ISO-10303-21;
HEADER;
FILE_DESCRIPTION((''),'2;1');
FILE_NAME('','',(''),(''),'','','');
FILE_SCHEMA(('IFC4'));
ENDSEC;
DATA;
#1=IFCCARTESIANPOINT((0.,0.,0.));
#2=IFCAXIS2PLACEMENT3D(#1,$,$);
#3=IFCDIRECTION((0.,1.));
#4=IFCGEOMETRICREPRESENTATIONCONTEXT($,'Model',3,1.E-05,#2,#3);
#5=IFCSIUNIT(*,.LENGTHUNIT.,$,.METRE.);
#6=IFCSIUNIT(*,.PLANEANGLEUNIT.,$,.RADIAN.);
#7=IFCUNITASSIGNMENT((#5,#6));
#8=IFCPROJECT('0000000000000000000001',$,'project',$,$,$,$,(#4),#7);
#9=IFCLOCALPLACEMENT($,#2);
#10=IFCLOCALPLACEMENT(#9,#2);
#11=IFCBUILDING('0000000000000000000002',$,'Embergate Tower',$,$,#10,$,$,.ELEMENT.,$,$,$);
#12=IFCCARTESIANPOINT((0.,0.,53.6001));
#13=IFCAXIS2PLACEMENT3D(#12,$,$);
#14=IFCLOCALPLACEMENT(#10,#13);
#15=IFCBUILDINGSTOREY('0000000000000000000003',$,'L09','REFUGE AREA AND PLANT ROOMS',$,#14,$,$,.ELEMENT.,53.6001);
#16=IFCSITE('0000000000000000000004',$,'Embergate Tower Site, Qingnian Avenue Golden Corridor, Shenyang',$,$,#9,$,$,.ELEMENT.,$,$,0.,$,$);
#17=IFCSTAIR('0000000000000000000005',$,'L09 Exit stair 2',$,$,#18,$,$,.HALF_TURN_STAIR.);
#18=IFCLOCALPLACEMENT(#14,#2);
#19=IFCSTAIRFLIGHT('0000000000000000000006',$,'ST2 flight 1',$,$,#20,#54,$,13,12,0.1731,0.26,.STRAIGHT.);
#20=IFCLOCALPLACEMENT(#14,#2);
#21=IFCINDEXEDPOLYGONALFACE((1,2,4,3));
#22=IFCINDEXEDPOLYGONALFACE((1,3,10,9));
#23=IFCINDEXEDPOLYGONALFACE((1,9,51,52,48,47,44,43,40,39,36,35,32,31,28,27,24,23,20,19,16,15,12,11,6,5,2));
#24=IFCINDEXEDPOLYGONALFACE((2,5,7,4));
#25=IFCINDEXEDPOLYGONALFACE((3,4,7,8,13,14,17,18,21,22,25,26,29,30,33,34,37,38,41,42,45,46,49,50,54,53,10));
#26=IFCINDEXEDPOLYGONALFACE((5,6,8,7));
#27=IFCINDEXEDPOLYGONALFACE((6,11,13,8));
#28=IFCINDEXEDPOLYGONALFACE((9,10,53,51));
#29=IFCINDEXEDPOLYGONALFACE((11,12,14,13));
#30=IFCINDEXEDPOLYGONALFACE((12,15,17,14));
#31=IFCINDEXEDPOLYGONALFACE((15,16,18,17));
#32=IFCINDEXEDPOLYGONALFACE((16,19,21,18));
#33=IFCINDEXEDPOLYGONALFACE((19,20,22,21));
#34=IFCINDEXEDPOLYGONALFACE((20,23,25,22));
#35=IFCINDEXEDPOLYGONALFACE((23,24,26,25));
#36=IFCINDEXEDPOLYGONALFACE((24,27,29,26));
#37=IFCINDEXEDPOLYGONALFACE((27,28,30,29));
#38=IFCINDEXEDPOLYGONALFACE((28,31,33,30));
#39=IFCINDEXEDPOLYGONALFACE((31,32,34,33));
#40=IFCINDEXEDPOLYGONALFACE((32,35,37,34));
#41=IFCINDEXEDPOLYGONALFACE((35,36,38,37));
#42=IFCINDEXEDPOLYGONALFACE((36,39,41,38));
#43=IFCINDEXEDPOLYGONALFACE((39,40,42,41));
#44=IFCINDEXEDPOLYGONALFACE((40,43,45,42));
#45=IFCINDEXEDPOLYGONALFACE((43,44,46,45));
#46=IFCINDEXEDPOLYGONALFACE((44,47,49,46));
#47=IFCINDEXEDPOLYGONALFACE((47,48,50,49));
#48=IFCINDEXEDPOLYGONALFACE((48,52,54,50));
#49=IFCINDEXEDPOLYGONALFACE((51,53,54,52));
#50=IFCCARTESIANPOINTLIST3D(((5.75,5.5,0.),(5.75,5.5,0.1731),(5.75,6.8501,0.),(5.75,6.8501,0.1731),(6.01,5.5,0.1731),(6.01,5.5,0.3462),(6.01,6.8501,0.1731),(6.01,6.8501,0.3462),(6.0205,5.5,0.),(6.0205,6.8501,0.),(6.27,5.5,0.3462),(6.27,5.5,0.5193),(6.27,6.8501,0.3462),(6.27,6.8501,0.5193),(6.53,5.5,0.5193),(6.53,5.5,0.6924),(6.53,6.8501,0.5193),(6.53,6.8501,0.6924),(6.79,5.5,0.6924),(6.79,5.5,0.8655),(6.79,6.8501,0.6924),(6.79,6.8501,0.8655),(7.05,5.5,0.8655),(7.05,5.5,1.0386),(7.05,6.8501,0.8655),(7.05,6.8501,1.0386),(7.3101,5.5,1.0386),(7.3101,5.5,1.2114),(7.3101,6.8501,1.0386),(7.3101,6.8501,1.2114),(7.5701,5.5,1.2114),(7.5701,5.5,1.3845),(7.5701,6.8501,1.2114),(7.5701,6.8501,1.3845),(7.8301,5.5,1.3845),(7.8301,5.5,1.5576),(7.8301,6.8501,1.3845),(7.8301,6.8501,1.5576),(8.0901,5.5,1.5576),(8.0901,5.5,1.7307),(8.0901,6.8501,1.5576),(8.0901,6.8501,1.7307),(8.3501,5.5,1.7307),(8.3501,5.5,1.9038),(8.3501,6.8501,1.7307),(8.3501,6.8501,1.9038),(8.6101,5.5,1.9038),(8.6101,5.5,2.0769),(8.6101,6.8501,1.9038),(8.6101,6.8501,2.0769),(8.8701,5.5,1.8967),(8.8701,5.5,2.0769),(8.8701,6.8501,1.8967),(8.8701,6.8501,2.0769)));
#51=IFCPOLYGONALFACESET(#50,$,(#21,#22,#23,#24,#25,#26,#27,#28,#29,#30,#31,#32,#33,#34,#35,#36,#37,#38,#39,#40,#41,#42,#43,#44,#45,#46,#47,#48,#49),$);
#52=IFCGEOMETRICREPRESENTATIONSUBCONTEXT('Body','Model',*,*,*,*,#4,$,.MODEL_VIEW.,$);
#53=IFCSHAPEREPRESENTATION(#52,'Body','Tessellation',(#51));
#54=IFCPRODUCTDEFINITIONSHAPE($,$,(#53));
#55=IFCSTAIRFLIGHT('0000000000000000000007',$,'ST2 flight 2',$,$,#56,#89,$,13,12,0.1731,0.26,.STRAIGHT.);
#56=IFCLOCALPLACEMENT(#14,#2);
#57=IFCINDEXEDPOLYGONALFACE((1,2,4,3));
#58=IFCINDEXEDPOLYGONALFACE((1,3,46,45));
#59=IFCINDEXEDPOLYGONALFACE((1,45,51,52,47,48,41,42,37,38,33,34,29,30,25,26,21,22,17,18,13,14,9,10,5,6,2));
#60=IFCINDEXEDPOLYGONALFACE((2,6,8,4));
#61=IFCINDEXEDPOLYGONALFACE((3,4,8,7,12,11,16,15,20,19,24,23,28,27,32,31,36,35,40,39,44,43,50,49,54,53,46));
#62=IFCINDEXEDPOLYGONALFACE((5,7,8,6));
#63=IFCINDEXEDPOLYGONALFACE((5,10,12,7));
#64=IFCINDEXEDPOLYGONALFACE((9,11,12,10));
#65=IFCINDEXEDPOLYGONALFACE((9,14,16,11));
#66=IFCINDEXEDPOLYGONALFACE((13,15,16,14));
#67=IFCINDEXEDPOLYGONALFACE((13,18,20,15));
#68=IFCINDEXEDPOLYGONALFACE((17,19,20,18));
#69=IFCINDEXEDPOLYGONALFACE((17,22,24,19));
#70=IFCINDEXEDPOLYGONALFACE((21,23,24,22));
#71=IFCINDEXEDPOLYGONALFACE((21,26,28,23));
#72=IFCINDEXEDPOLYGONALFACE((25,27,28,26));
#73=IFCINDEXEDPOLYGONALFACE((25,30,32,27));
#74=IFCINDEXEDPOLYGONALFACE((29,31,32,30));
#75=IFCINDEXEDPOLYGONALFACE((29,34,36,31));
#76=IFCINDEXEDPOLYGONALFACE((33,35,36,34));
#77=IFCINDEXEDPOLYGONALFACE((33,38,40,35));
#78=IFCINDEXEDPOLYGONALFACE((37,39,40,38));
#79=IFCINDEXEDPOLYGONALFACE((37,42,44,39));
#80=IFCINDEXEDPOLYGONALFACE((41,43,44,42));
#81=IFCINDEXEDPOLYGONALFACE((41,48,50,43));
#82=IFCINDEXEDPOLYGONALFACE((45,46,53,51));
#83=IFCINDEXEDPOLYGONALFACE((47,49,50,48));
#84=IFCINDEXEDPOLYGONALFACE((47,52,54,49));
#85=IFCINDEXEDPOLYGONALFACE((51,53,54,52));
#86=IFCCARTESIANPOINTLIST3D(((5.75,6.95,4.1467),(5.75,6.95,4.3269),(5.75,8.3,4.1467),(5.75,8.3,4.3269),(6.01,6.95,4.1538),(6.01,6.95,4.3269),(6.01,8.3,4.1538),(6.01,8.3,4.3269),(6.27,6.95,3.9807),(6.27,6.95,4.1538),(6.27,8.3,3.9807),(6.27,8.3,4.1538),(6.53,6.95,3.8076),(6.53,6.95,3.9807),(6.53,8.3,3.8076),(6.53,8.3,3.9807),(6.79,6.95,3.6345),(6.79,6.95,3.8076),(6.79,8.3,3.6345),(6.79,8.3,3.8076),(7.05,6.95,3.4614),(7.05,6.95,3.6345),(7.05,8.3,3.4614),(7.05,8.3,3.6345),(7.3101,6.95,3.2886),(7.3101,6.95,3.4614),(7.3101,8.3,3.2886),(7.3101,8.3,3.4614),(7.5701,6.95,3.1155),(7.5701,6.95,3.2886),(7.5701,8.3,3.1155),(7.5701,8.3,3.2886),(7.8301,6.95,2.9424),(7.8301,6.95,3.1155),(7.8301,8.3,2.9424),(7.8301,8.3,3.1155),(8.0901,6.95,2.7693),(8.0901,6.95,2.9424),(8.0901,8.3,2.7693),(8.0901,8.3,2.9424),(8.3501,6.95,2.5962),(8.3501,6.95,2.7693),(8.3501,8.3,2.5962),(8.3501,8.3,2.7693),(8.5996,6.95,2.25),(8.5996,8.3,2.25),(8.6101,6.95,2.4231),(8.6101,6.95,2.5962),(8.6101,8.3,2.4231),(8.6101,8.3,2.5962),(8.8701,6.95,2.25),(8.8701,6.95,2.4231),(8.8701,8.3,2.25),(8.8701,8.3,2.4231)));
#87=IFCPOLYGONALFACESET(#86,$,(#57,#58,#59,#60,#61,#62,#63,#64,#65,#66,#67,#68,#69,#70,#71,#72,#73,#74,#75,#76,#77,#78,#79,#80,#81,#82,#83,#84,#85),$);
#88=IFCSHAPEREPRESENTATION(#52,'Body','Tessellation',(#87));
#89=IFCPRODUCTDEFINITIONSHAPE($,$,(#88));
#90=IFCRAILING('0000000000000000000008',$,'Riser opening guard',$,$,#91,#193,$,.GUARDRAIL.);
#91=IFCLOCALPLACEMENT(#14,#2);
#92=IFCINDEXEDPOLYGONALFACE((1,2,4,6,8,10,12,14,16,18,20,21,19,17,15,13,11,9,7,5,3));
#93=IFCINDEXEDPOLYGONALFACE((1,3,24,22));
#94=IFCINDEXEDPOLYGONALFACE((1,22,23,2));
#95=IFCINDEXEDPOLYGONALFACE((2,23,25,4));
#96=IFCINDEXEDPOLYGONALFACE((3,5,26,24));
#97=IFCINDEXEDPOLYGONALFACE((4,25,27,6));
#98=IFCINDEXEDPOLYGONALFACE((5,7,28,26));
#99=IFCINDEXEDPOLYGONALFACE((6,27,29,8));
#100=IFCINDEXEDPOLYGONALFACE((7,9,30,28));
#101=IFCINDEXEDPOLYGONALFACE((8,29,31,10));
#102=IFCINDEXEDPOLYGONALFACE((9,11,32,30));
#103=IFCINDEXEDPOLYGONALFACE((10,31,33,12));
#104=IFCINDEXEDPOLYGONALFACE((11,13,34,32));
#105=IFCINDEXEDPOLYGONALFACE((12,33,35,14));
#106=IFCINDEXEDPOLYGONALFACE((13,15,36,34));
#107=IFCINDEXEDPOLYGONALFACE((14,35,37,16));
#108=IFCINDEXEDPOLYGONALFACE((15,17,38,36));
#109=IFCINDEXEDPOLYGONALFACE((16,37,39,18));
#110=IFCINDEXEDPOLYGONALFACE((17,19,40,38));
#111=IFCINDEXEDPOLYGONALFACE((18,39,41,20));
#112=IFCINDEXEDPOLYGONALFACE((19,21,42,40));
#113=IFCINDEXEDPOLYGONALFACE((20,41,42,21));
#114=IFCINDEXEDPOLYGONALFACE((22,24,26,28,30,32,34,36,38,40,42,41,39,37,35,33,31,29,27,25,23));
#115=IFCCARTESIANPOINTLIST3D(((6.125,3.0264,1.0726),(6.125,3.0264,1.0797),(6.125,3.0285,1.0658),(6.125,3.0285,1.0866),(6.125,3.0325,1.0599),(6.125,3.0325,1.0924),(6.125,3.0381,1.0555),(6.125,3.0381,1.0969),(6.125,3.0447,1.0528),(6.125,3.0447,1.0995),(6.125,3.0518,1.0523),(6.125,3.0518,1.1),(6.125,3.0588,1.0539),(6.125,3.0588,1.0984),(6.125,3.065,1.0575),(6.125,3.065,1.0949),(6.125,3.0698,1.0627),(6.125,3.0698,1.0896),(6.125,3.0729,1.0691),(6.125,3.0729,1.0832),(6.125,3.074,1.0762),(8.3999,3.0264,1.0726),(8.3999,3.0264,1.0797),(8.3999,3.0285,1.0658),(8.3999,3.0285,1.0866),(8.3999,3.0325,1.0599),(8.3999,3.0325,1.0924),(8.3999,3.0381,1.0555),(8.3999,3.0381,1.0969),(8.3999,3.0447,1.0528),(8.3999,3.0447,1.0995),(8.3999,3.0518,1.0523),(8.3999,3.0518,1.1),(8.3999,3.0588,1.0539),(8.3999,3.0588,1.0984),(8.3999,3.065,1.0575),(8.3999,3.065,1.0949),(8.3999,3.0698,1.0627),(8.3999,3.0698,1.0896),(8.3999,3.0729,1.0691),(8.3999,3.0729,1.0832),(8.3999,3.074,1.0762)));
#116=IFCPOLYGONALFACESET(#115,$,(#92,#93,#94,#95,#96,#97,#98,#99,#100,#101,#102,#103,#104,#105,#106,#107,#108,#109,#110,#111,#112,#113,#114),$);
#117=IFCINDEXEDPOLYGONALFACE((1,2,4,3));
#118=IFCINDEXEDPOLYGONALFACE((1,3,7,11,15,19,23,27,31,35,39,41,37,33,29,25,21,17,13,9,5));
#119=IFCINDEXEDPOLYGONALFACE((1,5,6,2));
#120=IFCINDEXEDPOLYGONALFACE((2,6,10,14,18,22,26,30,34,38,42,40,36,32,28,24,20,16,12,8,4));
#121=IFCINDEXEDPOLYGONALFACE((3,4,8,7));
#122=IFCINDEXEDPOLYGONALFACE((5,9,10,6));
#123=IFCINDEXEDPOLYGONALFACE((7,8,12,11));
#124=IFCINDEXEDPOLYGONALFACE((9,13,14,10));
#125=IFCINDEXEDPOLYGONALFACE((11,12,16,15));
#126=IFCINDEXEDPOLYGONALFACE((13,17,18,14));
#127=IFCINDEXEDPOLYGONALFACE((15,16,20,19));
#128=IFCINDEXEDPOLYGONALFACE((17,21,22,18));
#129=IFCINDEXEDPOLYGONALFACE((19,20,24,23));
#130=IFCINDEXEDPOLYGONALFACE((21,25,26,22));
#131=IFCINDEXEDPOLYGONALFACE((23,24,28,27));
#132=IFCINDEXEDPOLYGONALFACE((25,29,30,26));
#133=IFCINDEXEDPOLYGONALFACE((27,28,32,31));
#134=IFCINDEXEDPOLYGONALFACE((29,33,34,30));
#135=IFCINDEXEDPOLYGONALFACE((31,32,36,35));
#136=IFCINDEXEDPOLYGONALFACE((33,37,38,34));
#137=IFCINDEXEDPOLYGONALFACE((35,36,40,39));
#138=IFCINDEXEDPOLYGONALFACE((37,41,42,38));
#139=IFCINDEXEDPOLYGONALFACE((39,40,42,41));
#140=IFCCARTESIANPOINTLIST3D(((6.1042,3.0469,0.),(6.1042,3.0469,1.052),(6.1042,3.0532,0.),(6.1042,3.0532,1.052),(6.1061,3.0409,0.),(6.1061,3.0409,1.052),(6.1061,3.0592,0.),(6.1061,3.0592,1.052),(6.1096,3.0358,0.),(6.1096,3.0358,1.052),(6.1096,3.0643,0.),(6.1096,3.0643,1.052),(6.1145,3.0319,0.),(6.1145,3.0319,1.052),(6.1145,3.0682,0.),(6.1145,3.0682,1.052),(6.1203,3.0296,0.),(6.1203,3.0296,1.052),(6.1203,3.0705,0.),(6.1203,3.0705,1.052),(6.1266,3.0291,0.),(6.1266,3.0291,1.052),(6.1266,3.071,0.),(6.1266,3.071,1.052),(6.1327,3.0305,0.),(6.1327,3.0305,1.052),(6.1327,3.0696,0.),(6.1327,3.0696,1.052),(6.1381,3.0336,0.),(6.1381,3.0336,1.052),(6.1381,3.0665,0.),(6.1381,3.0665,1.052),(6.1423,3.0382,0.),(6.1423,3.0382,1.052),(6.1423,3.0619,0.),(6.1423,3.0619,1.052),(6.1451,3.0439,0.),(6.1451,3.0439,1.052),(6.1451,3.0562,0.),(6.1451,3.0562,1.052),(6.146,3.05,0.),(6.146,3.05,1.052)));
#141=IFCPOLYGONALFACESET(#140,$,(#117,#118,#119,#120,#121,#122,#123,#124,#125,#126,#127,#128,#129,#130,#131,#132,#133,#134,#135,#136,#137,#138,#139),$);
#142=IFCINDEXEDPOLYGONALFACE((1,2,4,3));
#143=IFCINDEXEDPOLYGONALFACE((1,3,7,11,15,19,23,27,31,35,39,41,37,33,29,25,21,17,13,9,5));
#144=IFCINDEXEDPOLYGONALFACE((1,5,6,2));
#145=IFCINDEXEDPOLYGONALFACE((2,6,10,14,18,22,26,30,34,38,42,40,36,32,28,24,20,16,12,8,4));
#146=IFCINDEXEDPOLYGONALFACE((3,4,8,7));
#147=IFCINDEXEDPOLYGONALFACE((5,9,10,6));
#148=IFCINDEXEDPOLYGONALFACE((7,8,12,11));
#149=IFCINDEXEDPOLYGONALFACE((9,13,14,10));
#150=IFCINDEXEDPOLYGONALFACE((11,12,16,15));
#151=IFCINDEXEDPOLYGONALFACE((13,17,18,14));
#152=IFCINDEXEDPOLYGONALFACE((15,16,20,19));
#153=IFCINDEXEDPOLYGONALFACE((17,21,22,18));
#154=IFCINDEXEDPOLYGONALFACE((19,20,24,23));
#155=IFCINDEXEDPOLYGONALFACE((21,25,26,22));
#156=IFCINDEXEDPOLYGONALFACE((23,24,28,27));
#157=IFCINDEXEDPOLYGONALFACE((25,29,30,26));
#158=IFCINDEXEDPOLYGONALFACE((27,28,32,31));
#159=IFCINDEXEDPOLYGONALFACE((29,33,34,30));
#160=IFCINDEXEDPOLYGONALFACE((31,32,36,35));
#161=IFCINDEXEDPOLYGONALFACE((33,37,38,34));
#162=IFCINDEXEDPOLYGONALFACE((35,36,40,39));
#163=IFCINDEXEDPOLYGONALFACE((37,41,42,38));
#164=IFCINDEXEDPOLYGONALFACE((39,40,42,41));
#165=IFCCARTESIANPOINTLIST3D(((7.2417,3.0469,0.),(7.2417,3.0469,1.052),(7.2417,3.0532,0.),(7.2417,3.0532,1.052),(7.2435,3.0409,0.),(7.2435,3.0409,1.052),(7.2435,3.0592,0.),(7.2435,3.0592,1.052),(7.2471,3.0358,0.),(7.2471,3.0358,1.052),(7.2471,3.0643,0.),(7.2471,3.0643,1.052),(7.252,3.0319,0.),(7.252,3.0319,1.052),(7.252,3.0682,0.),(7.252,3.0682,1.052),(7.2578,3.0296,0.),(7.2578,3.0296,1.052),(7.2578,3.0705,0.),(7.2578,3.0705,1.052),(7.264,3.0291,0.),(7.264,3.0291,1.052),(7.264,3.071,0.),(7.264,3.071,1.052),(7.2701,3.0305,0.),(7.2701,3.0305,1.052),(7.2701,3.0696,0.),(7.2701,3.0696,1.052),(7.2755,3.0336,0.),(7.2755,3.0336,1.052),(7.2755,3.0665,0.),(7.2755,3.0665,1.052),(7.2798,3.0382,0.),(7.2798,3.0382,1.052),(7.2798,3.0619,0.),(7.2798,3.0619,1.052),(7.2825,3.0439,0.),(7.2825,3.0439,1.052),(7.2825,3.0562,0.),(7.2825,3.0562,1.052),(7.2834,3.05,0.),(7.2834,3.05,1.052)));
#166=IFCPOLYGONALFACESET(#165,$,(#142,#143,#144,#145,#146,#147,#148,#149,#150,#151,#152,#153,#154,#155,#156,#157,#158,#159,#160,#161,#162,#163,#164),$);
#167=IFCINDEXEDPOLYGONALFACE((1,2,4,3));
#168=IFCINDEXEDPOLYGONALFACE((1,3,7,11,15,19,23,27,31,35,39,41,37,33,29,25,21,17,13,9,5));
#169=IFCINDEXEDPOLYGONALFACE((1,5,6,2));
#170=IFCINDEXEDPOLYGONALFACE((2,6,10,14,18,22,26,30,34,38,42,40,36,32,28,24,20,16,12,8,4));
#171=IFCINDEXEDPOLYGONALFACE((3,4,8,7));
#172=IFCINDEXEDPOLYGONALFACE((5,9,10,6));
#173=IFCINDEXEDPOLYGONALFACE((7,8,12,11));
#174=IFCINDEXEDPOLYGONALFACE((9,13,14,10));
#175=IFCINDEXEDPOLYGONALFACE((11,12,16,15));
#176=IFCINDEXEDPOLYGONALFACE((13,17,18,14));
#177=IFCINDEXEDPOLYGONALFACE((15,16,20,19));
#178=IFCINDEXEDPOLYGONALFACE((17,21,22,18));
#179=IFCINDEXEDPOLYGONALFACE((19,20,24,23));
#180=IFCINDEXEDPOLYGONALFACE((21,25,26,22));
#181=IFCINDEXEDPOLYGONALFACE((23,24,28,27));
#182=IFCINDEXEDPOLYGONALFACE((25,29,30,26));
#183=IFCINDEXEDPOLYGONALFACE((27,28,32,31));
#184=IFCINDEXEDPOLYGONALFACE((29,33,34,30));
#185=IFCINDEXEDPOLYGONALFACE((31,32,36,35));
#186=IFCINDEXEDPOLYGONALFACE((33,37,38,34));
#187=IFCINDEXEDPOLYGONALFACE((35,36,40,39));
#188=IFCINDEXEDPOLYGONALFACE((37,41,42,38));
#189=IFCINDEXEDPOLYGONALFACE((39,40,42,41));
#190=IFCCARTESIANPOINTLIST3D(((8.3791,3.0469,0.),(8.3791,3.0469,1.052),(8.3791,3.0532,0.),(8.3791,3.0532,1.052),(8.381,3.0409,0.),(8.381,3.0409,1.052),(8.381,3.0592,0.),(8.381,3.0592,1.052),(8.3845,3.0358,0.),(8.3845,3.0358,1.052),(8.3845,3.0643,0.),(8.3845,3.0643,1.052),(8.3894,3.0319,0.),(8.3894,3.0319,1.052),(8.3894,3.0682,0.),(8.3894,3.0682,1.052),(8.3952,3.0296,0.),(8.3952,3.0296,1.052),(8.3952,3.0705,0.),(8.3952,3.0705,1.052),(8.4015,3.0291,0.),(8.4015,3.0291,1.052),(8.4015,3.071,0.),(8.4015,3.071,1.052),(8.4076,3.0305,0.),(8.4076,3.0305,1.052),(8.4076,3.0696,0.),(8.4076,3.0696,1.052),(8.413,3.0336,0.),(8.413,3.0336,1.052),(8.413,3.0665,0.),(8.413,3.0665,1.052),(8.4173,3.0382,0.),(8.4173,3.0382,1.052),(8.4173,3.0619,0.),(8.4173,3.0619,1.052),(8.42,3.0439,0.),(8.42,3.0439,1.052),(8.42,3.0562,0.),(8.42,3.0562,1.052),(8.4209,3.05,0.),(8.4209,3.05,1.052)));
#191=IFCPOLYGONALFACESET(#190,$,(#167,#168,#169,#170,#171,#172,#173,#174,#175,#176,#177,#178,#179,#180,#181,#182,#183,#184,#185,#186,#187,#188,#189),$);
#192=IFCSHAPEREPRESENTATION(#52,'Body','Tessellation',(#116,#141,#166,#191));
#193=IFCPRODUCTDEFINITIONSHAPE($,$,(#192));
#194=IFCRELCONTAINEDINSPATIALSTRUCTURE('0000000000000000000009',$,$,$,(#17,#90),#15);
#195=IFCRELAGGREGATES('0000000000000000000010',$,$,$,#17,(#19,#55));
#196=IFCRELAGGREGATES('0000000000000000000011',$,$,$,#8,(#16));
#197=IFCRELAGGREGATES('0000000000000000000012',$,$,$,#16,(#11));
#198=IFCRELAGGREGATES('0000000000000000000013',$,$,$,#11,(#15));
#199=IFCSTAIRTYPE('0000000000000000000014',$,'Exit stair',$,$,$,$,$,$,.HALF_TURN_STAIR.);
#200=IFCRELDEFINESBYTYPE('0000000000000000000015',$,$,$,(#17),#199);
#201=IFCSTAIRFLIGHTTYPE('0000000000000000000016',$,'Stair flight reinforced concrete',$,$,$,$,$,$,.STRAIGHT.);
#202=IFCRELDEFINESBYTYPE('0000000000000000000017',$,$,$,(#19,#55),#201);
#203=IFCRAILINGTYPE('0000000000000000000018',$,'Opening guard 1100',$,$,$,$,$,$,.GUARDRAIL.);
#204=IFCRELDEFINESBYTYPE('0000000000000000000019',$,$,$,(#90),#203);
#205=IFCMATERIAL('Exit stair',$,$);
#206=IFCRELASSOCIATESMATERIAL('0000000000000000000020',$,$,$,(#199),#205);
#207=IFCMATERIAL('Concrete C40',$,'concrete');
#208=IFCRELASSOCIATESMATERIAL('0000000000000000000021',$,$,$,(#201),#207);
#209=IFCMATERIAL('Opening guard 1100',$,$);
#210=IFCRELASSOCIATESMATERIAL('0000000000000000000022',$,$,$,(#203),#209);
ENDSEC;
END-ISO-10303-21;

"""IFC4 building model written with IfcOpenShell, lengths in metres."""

from ifc_helpers import new_model, si_unit, direction, frame, origin, origin_2d, place, context, subcontext, project, spatial, polyline, circle, outline, extrude, source, transform, mapped, material, type_object, element, aggregate, save


model = new_model("IFC4")

# Units and contexts
model_context = context("Model", 3, precision=1e-05, world=origin(), true_north=direction((0.0, 1.0)))
body_context = subcontext(model_context, "Body", "Model", "MODEL_VIEW")
ifc_project = project(units=[si_unit("LENGTHUNIT", "METRE"), si_unit("PLANEANGLEUNIT", "RADIAN")], contexts=[model_context])

# Site, building, storey
site_placement = place(None, origin())
site = spatial("IfcSite", under=ifc_project, at=site_placement, Name="Embergate Tower Site, Qingnian Avenue Golden Corridor, Shenyang", CompositionType="ELEMENT", RefElevation=0.0)
building_placement = place(site_placement, origin())
building = spatial("IfcBuilding", under=site, at=building_placement, Name="Embergate Tower", CompositionType="ELEMENT")
storey_placement = place(building_placement, frame((0.0, 0.0, 53.6001)))
storey = spatial("IfcBuildingStorey", under=building, at=storey_placement, Name="L09", Description="REFUGE AREA AND PLANT ROOMS", CompositionType="ELEMENT", Elevation=53.6001)

# Stair
ifc_material_1 = material(Name="Exit stair")
stair_type = type_object("IfcStairType", Name="Exit stair", PredefinedType="HALF_TURN_STAIR", material=ifc_material_1)
stair_placement = place(storey_placement, origin())
stair = element("IfcStair", 1, at=stair_placement, inside=storey, type_object=stair_type, Name="L09 Exit stair 2", PredefinedType="HALF_TURN_STAIR")
ifc_material_2 = material(Name="Concrete C40", Category="concrete")

# Stair flights
stair_flight_type = type_object("IfcStairFlightType", Name="Stair flight reinforced concrete", PredefinedType="STRAIGHT", material=ifc_material_2)
shared_shape_1 = source(origin(), body_context, "Body", "SweptSolid", [
    extrude(outline(polyline([(0.0, 0.0), (0.0, 0.1731), (0.26, 0.1731), (0.26, 0.3462), (0.52, 0.3462), (0.52, 0.5193), (0.78, 0.5193), (0.78, 0.6924), (1.04, 0.6924), (1.04, 0.8655), (1.3, 0.8655), (1.3, 1.0386), (1.5601, 1.0386), (1.5601, 1.2114), (1.8201, 1.2114), (1.8201, 1.3845), (2.0801, 1.3845), (2.0801, 1.5576), (2.3401, 1.5576), (2.3401, 1.7307), (2.6001, 1.7307), (2.6001, 1.9038), (2.8601, 1.9038), (2.8601, 2.0769), (3.1201, 2.0769), (3.1201, 2.25), (3.1201, 1.8967), (0.2705, 0.0), (0.0, 0.0)])), frame((0.0, 0.675, 0.0), z_axis=(0.0, -1.0, 0.0), x_axis=(1.0, 0.0, 0.0)), (0.0, 0.0, 1.0), 1.3501),
])
stair_flight_1_placement = place(storey_placement, frame((5.75, 6.175, 0.0), z_axis=(0.0, 0.0, 1.0), x_axis=(1.0, 0.0, 0.0)))
stair_flight_1 = element("IfcStairFlight", 2, at=stair_flight_1_placement, type_object=stair_flight_type, Name="ST2 flight 1", NumberOfRisers=13, NumberOfTreads=12, PredefinedType="STRAIGHT", RiserHeight=0.1731, TreadLength=0.26, context=body_context, shape_type="MappedRepresentation", body=[
    mapped(shared_shape_1, transform((0.0, 0.0, 0.0))),
])
stair_flight_2_placement = place(storey_placement, frame((8.8701, 7.625, 2.25), z_axis=(0.0, 0.0, 1.0), x_axis=(-1.0, 0.0, 0.0)))
stair_flight_2 = element("IfcStairFlight", 3, at=stair_flight_2_placement, type_object=stair_flight_type, Name="ST2 flight 2", NumberOfRisers=13, NumberOfTreads=12, PredefinedType="STRAIGHT", RiserHeight=0.1731, TreadLength=0.26, context=body_context, shape_type="MappedRepresentation", body=[
    mapped(shared_shape_1, transform((0.0, 0.0, 0.0))),
])
aggregate(stair, [stair_flight_1, stair_flight_2])

# Railing
ifc_material_3 = material(Name="Opening guard 1100")
railing_type_1 = type_object("IfcRailingType", Name="Opening guard 1100", PredefinedType="GUARDRAIL", material=ifc_material_3)
shared_shape_2 = source(origin(), body_context, "Body", "SweptSolid", [
    extrude(circle(Radius=0.0239, at=origin_2d()), frame((0.0, 0.0, 1.0762), z_axis=(1.0, 0.0, 0.0), x_axis=(0.0, 1.0, 0.0)), (0.0, 0.0, 1.0), 2.2749),
    extrude(circle(Radius=0.021, at=origin_2d()), origin(), (0.0, 0.0, 1.0), 1.052),
    extrude(circle(Radius=0.021, at=origin_2d()), frame((1.1375, 0.0, 0.0)), (0.0, 0.0, 1.0), 1.052),
    extrude(circle(Radius=0.021, at=origin_2d()), frame((2.2749, 0.0, 0.0)), (0.0, 0.0, 1.0), 1.052),
])
railing_1_placement = place(storey_placement, frame((6.125, 3.05, 0.0)))
element("IfcRailing", 4, at=railing_1_placement, inside=storey, type_object=railing_type_1, Name="Riser opening guard", PredefinedType="GUARDRAIL", context=body_context, shape_type="MappedRepresentation", body=[
    mapped(shared_shape_2, transform((0.0, 0.0, 0.0))),
])

save(model, "model.ifc")
